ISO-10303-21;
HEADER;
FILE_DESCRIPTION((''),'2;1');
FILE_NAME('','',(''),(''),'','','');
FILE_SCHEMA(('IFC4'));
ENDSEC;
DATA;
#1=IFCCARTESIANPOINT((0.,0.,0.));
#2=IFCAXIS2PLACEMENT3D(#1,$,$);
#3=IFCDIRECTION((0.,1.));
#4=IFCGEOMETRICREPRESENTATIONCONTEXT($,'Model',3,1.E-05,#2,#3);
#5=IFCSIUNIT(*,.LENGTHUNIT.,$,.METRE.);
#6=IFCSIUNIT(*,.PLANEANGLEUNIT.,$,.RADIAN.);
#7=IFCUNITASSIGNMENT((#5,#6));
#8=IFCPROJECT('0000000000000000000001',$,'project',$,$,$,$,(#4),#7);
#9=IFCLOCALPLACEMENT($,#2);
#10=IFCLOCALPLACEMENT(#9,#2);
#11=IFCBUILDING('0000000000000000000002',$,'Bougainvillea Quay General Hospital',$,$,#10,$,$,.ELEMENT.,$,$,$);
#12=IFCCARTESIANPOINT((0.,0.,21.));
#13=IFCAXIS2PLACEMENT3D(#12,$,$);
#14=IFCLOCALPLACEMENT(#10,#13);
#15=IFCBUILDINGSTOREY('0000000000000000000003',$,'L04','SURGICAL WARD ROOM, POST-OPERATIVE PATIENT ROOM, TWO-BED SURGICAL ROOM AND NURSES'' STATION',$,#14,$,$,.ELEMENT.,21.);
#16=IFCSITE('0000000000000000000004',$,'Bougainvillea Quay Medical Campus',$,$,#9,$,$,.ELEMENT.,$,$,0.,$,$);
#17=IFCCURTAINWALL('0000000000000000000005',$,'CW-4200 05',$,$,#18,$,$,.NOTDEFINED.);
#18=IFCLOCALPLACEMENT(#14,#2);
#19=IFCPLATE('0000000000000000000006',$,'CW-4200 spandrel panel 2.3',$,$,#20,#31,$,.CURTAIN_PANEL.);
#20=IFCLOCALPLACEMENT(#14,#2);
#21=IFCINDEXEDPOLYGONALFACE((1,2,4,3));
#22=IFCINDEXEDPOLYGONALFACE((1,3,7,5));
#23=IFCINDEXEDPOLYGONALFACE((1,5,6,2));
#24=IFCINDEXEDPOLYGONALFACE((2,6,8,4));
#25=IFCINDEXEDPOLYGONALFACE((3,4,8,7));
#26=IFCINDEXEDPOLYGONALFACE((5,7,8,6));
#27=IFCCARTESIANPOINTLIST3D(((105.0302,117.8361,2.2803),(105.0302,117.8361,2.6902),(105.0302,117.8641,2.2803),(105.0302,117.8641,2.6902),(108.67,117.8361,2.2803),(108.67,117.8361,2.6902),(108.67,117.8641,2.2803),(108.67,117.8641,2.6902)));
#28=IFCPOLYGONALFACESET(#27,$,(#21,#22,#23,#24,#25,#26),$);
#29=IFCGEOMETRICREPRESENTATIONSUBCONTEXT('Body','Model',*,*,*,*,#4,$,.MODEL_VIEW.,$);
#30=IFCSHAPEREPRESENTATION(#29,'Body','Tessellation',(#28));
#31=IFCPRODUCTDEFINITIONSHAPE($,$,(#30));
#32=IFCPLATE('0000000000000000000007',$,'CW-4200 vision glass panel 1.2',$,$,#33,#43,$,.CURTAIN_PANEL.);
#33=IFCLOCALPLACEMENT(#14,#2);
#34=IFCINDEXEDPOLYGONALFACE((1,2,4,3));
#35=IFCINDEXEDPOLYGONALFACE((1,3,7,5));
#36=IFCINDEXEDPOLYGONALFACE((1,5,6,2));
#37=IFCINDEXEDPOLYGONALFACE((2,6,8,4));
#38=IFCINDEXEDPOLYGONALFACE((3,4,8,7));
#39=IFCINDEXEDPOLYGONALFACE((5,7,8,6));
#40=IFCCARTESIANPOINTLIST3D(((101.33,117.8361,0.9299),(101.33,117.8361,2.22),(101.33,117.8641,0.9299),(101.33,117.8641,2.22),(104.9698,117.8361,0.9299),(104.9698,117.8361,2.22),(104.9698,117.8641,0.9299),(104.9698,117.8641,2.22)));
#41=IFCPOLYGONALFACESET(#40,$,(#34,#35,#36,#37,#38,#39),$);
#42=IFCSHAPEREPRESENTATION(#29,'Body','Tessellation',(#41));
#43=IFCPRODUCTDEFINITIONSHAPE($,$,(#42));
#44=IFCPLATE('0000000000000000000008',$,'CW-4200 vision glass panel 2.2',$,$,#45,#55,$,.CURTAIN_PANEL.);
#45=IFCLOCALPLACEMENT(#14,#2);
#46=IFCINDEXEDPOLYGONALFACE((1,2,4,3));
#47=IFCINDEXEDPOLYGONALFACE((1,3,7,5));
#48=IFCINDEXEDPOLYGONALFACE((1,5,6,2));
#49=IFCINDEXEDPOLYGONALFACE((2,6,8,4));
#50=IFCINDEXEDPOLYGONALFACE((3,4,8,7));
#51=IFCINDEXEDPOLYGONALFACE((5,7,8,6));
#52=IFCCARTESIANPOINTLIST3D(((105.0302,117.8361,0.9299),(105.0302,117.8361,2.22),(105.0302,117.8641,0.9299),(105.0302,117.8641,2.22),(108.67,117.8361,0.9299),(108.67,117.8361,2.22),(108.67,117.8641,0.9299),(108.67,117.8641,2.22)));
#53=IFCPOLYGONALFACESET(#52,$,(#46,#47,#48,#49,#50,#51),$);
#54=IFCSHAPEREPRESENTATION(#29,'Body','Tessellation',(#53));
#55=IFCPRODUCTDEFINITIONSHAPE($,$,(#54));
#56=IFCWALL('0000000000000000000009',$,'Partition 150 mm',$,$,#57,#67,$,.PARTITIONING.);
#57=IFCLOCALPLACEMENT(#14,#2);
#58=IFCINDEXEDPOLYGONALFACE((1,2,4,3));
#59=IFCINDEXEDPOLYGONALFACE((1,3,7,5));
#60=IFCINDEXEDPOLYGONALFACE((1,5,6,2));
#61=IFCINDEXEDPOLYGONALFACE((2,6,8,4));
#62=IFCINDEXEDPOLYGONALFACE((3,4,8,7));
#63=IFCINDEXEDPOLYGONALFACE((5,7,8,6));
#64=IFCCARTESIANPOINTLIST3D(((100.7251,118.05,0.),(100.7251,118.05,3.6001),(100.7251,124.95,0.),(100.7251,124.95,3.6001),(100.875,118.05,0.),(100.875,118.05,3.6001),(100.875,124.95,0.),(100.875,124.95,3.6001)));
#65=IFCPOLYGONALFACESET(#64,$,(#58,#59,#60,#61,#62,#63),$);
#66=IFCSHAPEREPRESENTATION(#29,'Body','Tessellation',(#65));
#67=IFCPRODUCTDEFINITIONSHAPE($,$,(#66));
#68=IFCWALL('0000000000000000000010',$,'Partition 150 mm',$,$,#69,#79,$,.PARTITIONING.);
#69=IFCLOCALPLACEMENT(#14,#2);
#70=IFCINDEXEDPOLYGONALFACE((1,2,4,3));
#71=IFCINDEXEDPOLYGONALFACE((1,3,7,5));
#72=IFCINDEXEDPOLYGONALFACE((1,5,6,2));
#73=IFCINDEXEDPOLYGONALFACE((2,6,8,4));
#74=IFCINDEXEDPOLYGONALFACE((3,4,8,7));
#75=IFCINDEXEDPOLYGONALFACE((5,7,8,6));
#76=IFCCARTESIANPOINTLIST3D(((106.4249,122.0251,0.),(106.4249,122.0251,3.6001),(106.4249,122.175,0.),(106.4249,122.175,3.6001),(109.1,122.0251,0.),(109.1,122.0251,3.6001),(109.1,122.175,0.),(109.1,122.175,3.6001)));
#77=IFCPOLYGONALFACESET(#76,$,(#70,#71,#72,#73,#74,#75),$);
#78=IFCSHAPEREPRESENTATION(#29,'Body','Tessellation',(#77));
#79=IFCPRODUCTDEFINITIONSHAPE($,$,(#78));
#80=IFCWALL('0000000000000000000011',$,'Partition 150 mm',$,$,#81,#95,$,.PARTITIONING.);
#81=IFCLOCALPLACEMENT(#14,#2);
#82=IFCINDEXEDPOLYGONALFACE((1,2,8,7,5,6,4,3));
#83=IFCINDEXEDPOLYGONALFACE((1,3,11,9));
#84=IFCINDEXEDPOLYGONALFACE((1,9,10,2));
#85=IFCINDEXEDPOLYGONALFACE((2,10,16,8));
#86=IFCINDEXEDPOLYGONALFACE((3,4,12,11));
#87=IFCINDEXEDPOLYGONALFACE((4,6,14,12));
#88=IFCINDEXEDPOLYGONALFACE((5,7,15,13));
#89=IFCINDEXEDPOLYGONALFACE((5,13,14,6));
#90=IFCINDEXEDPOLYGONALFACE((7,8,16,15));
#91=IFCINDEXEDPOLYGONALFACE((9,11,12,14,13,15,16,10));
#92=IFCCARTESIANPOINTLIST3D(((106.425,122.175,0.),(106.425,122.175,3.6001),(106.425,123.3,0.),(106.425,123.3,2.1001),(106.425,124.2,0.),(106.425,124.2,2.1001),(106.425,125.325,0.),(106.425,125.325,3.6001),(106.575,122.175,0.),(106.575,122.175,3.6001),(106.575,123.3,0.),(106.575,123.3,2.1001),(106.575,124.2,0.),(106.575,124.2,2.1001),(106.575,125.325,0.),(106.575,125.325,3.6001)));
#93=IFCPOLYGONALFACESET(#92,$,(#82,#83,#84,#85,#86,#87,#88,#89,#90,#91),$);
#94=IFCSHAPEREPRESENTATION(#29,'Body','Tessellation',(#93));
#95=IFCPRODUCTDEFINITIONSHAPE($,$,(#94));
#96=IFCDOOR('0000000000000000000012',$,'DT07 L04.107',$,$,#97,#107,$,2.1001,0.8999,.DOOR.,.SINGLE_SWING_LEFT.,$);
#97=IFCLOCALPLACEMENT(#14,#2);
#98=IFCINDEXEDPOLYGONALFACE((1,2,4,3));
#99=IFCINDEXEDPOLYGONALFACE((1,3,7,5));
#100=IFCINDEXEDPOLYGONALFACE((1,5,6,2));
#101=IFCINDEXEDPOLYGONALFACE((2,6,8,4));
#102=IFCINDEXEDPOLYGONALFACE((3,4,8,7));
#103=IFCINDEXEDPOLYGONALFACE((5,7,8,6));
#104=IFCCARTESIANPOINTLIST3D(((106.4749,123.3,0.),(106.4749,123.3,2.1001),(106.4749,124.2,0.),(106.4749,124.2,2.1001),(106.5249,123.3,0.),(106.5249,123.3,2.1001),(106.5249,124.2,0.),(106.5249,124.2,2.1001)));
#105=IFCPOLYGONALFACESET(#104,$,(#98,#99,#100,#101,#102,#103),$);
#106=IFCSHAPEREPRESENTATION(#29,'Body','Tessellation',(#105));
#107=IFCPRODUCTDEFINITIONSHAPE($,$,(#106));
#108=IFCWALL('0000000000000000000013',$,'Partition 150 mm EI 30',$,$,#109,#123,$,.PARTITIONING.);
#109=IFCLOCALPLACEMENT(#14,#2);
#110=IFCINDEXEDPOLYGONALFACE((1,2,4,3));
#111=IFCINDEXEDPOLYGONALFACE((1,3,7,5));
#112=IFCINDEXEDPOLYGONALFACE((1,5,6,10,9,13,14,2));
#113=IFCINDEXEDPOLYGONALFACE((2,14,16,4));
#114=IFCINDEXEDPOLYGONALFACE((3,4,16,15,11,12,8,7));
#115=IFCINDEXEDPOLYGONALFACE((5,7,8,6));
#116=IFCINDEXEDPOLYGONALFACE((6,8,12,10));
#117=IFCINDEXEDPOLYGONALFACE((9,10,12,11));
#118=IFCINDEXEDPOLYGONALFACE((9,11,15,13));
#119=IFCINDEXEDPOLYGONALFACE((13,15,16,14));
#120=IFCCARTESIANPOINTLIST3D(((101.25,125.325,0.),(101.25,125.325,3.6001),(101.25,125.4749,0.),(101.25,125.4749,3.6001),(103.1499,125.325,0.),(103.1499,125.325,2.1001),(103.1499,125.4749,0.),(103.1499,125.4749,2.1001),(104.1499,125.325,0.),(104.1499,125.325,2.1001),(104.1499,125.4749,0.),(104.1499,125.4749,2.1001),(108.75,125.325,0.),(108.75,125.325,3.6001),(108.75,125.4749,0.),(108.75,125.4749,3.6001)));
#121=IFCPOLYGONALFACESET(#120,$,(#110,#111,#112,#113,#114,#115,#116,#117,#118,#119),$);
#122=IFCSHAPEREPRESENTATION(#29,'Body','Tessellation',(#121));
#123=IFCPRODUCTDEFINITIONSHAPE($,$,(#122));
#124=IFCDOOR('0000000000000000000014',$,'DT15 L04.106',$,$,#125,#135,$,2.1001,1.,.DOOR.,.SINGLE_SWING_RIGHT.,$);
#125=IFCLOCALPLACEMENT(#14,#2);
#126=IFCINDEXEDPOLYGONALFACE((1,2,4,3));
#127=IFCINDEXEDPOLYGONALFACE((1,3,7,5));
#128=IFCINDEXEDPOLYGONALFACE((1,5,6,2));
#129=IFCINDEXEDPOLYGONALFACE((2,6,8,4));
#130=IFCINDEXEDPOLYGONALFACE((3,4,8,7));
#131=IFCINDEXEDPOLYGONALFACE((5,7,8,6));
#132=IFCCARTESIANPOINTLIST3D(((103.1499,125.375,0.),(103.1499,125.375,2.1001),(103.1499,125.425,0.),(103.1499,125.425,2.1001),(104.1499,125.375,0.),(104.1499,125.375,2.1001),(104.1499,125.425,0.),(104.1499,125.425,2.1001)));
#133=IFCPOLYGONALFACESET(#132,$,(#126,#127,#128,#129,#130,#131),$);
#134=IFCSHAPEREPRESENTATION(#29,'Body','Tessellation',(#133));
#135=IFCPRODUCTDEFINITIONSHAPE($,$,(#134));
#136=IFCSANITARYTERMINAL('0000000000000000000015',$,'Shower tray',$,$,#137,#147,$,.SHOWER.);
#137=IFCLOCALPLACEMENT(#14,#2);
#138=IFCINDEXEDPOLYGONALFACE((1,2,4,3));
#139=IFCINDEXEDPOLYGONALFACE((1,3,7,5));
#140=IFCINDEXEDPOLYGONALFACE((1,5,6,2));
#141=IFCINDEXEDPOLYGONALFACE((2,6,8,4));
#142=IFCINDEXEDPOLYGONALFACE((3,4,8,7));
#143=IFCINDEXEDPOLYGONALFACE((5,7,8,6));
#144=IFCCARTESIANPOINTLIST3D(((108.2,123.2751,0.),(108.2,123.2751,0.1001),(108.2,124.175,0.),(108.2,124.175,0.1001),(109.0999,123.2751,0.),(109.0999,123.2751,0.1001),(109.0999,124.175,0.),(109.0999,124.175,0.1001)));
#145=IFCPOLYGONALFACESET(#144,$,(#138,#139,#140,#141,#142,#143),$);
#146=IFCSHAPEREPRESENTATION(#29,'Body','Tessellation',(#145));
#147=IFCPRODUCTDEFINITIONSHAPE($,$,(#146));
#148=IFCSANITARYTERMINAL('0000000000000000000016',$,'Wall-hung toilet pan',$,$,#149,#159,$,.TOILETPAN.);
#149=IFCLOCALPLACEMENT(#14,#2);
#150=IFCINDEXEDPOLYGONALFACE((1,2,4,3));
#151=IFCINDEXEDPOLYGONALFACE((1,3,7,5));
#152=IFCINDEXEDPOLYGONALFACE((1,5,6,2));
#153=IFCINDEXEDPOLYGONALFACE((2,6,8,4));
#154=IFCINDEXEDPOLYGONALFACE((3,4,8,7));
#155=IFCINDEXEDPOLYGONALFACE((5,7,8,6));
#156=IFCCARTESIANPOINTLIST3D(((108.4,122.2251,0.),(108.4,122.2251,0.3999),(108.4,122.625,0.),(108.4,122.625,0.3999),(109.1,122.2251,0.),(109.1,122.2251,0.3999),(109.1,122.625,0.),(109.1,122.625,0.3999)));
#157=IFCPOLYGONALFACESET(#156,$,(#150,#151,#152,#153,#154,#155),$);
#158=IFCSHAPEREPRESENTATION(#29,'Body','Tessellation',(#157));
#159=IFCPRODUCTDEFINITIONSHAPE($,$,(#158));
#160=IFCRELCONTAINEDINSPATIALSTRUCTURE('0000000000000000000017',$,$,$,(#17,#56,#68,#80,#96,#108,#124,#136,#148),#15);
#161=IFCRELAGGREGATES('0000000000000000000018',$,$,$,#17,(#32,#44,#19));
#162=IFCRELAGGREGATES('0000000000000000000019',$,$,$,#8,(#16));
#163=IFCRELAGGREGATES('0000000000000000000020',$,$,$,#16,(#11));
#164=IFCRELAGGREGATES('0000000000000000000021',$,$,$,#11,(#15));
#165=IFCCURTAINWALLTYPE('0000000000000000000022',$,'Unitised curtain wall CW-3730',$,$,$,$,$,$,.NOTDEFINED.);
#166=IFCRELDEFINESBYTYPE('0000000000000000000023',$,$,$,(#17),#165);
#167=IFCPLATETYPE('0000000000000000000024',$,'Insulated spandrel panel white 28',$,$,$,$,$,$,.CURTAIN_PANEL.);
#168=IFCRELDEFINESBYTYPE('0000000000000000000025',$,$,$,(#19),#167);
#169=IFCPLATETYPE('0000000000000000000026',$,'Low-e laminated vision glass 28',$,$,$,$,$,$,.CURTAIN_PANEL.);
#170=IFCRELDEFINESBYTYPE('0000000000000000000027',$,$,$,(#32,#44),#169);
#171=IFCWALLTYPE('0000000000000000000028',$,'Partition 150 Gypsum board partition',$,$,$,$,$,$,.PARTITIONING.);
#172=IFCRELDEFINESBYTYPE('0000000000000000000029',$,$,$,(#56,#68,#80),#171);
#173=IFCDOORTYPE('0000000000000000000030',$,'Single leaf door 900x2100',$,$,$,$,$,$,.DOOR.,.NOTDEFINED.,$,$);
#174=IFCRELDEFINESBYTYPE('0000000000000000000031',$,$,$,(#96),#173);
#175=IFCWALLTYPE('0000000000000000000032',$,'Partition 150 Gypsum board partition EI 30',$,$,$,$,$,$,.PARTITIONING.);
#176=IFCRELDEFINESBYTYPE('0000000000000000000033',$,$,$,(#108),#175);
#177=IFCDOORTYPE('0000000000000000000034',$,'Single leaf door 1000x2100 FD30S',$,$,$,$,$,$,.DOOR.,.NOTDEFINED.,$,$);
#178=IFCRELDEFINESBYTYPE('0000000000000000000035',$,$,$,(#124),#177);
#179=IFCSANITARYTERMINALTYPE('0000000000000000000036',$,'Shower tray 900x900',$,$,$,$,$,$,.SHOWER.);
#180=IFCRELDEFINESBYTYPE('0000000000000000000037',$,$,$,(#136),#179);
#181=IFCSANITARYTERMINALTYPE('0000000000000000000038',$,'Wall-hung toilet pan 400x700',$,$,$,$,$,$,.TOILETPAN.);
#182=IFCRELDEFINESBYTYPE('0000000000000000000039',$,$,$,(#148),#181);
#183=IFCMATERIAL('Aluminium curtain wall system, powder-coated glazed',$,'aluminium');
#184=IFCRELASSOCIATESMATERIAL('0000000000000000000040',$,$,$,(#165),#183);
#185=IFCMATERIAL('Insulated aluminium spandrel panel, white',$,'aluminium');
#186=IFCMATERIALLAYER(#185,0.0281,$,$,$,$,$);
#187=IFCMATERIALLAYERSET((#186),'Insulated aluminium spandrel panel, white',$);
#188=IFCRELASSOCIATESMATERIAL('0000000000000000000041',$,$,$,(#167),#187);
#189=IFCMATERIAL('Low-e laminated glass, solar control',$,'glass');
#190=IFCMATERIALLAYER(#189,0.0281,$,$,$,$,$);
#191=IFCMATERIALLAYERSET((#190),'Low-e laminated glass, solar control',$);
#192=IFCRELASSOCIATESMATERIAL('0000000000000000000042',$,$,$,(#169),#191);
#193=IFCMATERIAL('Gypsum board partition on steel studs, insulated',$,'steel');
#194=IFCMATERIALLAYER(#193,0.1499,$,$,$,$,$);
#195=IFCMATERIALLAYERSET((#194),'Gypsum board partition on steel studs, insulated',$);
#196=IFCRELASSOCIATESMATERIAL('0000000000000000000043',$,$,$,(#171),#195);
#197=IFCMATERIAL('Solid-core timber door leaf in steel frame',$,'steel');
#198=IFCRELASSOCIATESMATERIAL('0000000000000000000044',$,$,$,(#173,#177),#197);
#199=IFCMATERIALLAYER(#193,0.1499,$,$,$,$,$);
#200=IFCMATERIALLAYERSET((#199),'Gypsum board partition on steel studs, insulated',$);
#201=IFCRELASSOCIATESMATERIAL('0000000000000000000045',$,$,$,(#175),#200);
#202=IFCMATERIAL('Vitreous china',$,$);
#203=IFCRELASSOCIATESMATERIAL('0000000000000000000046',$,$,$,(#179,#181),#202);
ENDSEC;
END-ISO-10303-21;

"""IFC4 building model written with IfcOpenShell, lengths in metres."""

from ifc_helpers import new_model, si_unit, direction, frame, frame_2d, origin, origin_2d, place, context, subcontext, project, spatial, rectangle, extrude, material, layer, layer_set, type_object, element, fill, aggregate, save


model = new_model("IFC4")

# Units and contexts
model_context = context("Model", 3, precision=1e-05, world=origin(), true_north=direction((0.0, 1.0)))
body_context = subcontext(model_context, "Body", "Model", "MODEL_VIEW")
ifc_project = project(units=[si_unit("LENGTHUNIT", "METRE"), si_unit("PLANEANGLEUNIT", "RADIAN")], contexts=[model_context])

# Site, building, storey
site_placement = place(None, origin())
site = spatial("IfcSite", under=ifc_project, at=site_placement, Name="Bougainvillea Quay Medical Campus", CompositionType="ELEMENT", RefElevation=0.0)
building_placement = place(site_placement, origin())
building = spatial("IfcBuilding", under=site, at=building_placement, Name="Bougainvillea Quay General Hospital", CompositionType="ELEMENT")
storey_placement = place(building_placement, frame((0.0, 0.0, 21.0)))
storey = spatial("IfcBuildingStorey", under=building, at=storey_placement, Name="L04", Description="SURGICAL WARD ROOM, POST-OPERATIVE PATIENT ROOM, TWO-BED SURGICAL ROOM AND NURSES' STATION", CompositionType="ELEMENT", Elevation=21.0)

# Curtain wall, plates
ifc_material_1 = material(Name="Aluminium curtain wall system, powder-coated glazed", Category="aluminium")
curtain_wall_type = type_object("IfcCurtainWallType", Name="Unitised curtain wall CW-3730", PredefinedType="NOTDEFINED", material=ifc_material_1)
curtain_wall_placement = place(storey_placement, origin())
curtain_wall = element("IfcCurtainWall", 1, at=curtain_wall_placement, inside=storey, type_object=curtain_wall_type, Name="CW-4200 05", PredefinedType="NOTDEFINED")
ifc_material_2 = material(Name="Insulated aluminium spandrel panel, white", Category="aluminium")
ifc_layer_1 = layer(ifc_material_2, 0.0281)
ifc_layer_set_1 = layer_set([ifc_layer_1], Name="Insulated aluminium spandrel panel, white")
plate_type_1 = type_object("IfcPlateType", Name="Insulated spandrel panel white 28", PredefinedType="CURTAIN_PANEL", material=ifc_layer_set_1)
plate_1_placement = place(storey_placement, frame((106.8501, 117.8501, 2.2803), z_axis=(0.0, 0.0, 1.0), x_axis=(1.0, 0.0, 0.0)))
plate_1 = element("IfcPlate", 2, at=plate_1_placement, type_object=plate_type_1, Name="CW-4200 spandrel panel 2.3", PredefinedType="CURTAIN_PANEL", context=body_context, shape_type="SweptSolid", body=[
    extrude(rectangle(XDim=3.6399, YDim=0.0281, at=origin_2d()), origin(), (0.0, 0.0, 1.0), 0.4099),
])
ifc_material_3 = material(Name="Low-e laminated glass, solar control", Category="glass")
ifc_layer_2 = layer(ifc_material_3, 0.0281)
ifc_layer_set_2 = layer_set([ifc_layer_2], Name="Low-e laminated glass, solar control")
plate_type_2 = type_object("IfcPlateType", Name="Low-e laminated vision glass 28", PredefinedType="CURTAIN_PANEL", material=ifc_layer_set_2)
plate_2_placement = place(storey_placement, frame((103.1499, 117.8501, 0.9299), z_axis=(0.0, 0.0, 1.0), x_axis=(1.0, 0.0, 0.0)))
plate_2 = element("IfcPlate", 3, at=plate_2_placement, type_object=plate_type_2, Name="CW-4200 vision glass panel 1.2", PredefinedType="CURTAIN_PANEL", context=body_context, shape_type="SweptSolid", body=[
    extrude(rectangle(XDim=3.6399, YDim=0.0281, at=origin_2d()), origin(), (0.0, 0.0, 1.0), 1.29),
])
plate_3_placement = place(storey_placement, frame((106.8501, 117.8501, 0.9299), z_axis=(0.0, 0.0, 1.0), x_axis=(1.0, 0.0, 0.0)))
plate_3 = element("IfcPlate", 4, at=plate_3_placement, type_object=plate_type_2, Name="CW-4200 vision glass panel 2.2", PredefinedType="CURTAIN_PANEL", context=body_context, shape_type="SweptSolid", body=[
    extrude(rectangle(XDim=3.6399, YDim=0.0281, at=origin_2d()), origin(), (0.0, 0.0, 1.0), 1.29),
])
aggregate(curtain_wall, [plate_2, plate_3, plate_1])

# Walls
ifc_material_4 = material(Name="Gypsum board partition on steel studs, insulated", Category="steel")
ifc_layer_3 = layer(ifc_material_4, 0.1499)
ifc_layer_set_3 = layer_set([ifc_layer_3], Name="Gypsum board partition on steel studs, insulated")
wall_type_1 = type_object("IfcWallType", Name="Partition 150 Gypsum board partition", PredefinedType="PARTITIONING", material=ifc_layer_set_3)
wall_1_placement = place(storey_placement, frame((100.8, 118.05, 0.0), z_axis=(0.0, 0.0, 1.0), x_axis=(0.0, 1.0, 0.0)))
element("IfcWall", 5, at=wall_1_placement, inside=storey, type_object=wall_type_1, Name="Partition 150 mm", PredefinedType="PARTITIONING", context=body_context, shape_type="SweptSolid", body=[
    extrude(rectangle(XDim=6.8999, YDim=0.1499, at=frame_2d((3.45, 0.0))), origin(), (0.0, 0.0, 1.0), 3.6001),
])
wall_2_placement = place(storey_placement, frame((106.425, 122.1001, 0.0), z_axis=(0.0, 0.0, 1.0), x_axis=(1.0, 0.0, 0.0)))
element("IfcWall", 6, at=wall_2_placement, inside=storey, type_object=wall_type_1, Name="Partition 150 mm", PredefinedType="PARTITIONING", context=body_context, shape_type="SweptSolid", body=[
    extrude(rectangle(XDim=2.675, YDim=0.1499, at=frame_2d((1.3374, 0.0))), origin(), (0.0, 0.0, 1.0), 3.6001),
])

# Walls, openings, doors
wall_3_placement = place(storey_placement, frame((106.5, 122.175, 0.0), z_axis=(0.0, 0.0, 1.0), x_axis=(0.0, 1.0, 0.0)))
wall_3 = element("IfcWall", 7, at=wall_3_placement, inside=storey, type_object=wall_type_1, Name="Partition 150 mm", PredefinedType="PARTITIONING", context=body_context, shape_type="SweptSolid", body=[
    extrude(rectangle(XDim=3.1499, YDim=0.1499, at=frame_2d((1.575, 0.0))), origin(), (0.0, 0.0, 1.0), 3.6001),
])
opening_1_placement = place(wall_3_placement, frame((1.125, 0.0, 0.0)))
opening_1 = element("IfcOpeningElement", 8, at=opening_1_placement, cuts=wall_3, PredefinedType="OPENING", context=body_context, shape_type="SweptSolid", body=[
    extrude(rectangle(XDim=0.8999, YDim=2.1001, at=frame_2d((0.45, 1.05))), frame((0.0, 0.085, 0.0), z_axis=(0.0, -1.0, 0.0), x_axis=(1.0, 0.0, 0.0)), (0.0, 0.0, 1.0), 0.1699),
])
ifc_material_5 = material(Name="Solid-core timber door leaf in steel frame", Category="steel")
door_type_1 = type_object("IfcDoorType", Name="Single leaf door 900x2100", OperationType="NOTDEFINED", PredefinedType="DOOR", material=ifc_material_5)
door_1_placement = place(opening_1_placement, frame((0.8999, 0.0, 0.0), z_axis=(0.0, 0.0, 1.0), x_axis=(-1.0, 0.0, 0.0)))
door_1 = element("IfcDoor", 9, at=door_1_placement, inside=storey, type_object=door_type_1, Name="DT07 L04.107", OperationType="SINGLE_SWING_LEFT", OverallHeight=2.1001, OverallWidth=0.8999, PredefinedType="DOOR", context=body_context, shape_type="SweptSolid", body=[
    extrude(rectangle(XDim=0.8999, YDim=2.1001, at=frame_2d((0.45, 1.05))), frame((0.0, 0.0249, 0.0), z_axis=(0.0, -1.0, 0.0), x_axis=(1.0, 0.0, 0.0)), (0.0, 0.0, 1.0), 0.05),
])
fill(opening_1, door_1)
ifc_layer_4 = layer(ifc_material_4, 0.1499)
ifc_layer_set_4 = layer_set([ifc_layer_4], Name="Gypsum board partition on steel studs, insulated")
wall_type_2 = type_object("IfcWallType", Name="Partition 150 Gypsum board partition EI 30", PredefinedType="PARTITIONING", material=ifc_layer_set_4)
wall_4_placement = place(storey_placement, frame((108.75, 125.3999, 0.0), z_axis=(0.0, 0.0, 1.0), x_axis=(-1.0, 0.0, 0.0)))
wall_4 = element("IfcWall", 10, at=wall_4_placement, inside=storey, type_object=wall_type_2, Name="Partition 150 mm EI 30", PredefinedType="PARTITIONING", context=body_context, shape_type="SweptSolid", body=[
    extrude(rectangle(XDim=7.5, YDim=0.1499, at=frame_2d((3.75, 0.0))), origin(), (0.0, 0.0, 1.0), 3.6001),
])
opening_2_placement = place(wall_4_placement, frame((4.6001, 0.0, 0.0)))
opening_2 = element("IfcOpeningElement", 11, at=opening_2_placement, cuts=wall_4, PredefinedType="OPENING", context=body_context, shape_type="SweptSolid", body=[
    extrude(rectangle(XDim=1.0, YDim=2.1001, at=frame_2d((0.5, 1.05))), frame((0.0, 0.085, 0.0), z_axis=(0.0, -1.0, 0.0), x_axis=(1.0, 0.0, 0.0)), (0.0, 0.0, 1.0), 0.1699),
])
door_type_2 = type_object("IfcDoorType", Name="Single leaf door 1000x2100 FD30S", OperationType="NOTDEFINED", PredefinedType="DOOR", material=ifc_material_5)
door_2_placement = place(opening_2_placement, origin())
door_2 = element("IfcDoor", 12, at=door_2_placement, inside=storey, type_object=door_type_2, Name="DT15 L04.106", OperationType="SINGLE_SWING_RIGHT", OverallHeight=2.1001, OverallWidth=1.0, PredefinedType="DOOR", context=body_context, shape_type="SweptSolid", body=[
    extrude(rectangle(XDim=1.0, YDim=2.1001, at=frame_2d((0.5, 1.05))), frame((0.0, 0.0249, 0.0), z_axis=(0.0, -1.0, 0.0), x_axis=(1.0, 0.0, 0.0)), (0.0, 0.0, 1.0), 0.05),
])
fill(opening_2, door_2)

# Sanitary terminals
ifc_material_6 = material(Name="Vitreous china")
sanitary_terminal_type_1 = type_object("IfcSanitaryTerminalType", Name="Shower tray 900x900", PredefinedType="SHOWER", material=ifc_material_6)
sanitary_terminal_1_placement = place(storey_placement, frame((108.6499, 123.7251, 0.0), z_axis=(0.0, 0.0, 1.0), x_axis=(0.0, -1.0, 0.0)))
element("IfcSanitaryTerminal", 13, at=sanitary_terminal_1_placement, inside=storey, type_object=sanitary_terminal_type_1, Name="Shower tray", PredefinedType="SHOWER", context=body_context, shape_type="SweptSolid", body=[
    extrude(rectangle(XDim=0.8999, YDim=0.8999, at=origin_2d()), origin(), (0.0, 0.0, 1.0), 0.1001),
])
sanitary_terminal_type_2 = type_object("IfcSanitaryTerminalType", Name="Wall-hung toilet pan 400x700", PredefinedType="TOILETPAN", material=ifc_material_6)
sanitary_terminal_2_placement = place(storey_placement, frame((108.75, 122.425, 0.0), z_axis=(0.0, 0.0, 1.0), x_axis=(0.0, -1.0, 0.0)))
element("IfcSanitaryTerminal", 14, at=sanitary_terminal_2_placement, inside=storey, type_object=sanitary_terminal_type_2, Name="Wall-hung toilet pan", PredefinedType="TOILETPAN", context=body_context, shape_type="SweptSolid", body=[
    extrude(rectangle(XDim=0.3999, YDim=0.7, at=origin_2d()), origin(), (0.0, 0.0, 1.0), 0.3999),
])

save(model, "model.ifc")
